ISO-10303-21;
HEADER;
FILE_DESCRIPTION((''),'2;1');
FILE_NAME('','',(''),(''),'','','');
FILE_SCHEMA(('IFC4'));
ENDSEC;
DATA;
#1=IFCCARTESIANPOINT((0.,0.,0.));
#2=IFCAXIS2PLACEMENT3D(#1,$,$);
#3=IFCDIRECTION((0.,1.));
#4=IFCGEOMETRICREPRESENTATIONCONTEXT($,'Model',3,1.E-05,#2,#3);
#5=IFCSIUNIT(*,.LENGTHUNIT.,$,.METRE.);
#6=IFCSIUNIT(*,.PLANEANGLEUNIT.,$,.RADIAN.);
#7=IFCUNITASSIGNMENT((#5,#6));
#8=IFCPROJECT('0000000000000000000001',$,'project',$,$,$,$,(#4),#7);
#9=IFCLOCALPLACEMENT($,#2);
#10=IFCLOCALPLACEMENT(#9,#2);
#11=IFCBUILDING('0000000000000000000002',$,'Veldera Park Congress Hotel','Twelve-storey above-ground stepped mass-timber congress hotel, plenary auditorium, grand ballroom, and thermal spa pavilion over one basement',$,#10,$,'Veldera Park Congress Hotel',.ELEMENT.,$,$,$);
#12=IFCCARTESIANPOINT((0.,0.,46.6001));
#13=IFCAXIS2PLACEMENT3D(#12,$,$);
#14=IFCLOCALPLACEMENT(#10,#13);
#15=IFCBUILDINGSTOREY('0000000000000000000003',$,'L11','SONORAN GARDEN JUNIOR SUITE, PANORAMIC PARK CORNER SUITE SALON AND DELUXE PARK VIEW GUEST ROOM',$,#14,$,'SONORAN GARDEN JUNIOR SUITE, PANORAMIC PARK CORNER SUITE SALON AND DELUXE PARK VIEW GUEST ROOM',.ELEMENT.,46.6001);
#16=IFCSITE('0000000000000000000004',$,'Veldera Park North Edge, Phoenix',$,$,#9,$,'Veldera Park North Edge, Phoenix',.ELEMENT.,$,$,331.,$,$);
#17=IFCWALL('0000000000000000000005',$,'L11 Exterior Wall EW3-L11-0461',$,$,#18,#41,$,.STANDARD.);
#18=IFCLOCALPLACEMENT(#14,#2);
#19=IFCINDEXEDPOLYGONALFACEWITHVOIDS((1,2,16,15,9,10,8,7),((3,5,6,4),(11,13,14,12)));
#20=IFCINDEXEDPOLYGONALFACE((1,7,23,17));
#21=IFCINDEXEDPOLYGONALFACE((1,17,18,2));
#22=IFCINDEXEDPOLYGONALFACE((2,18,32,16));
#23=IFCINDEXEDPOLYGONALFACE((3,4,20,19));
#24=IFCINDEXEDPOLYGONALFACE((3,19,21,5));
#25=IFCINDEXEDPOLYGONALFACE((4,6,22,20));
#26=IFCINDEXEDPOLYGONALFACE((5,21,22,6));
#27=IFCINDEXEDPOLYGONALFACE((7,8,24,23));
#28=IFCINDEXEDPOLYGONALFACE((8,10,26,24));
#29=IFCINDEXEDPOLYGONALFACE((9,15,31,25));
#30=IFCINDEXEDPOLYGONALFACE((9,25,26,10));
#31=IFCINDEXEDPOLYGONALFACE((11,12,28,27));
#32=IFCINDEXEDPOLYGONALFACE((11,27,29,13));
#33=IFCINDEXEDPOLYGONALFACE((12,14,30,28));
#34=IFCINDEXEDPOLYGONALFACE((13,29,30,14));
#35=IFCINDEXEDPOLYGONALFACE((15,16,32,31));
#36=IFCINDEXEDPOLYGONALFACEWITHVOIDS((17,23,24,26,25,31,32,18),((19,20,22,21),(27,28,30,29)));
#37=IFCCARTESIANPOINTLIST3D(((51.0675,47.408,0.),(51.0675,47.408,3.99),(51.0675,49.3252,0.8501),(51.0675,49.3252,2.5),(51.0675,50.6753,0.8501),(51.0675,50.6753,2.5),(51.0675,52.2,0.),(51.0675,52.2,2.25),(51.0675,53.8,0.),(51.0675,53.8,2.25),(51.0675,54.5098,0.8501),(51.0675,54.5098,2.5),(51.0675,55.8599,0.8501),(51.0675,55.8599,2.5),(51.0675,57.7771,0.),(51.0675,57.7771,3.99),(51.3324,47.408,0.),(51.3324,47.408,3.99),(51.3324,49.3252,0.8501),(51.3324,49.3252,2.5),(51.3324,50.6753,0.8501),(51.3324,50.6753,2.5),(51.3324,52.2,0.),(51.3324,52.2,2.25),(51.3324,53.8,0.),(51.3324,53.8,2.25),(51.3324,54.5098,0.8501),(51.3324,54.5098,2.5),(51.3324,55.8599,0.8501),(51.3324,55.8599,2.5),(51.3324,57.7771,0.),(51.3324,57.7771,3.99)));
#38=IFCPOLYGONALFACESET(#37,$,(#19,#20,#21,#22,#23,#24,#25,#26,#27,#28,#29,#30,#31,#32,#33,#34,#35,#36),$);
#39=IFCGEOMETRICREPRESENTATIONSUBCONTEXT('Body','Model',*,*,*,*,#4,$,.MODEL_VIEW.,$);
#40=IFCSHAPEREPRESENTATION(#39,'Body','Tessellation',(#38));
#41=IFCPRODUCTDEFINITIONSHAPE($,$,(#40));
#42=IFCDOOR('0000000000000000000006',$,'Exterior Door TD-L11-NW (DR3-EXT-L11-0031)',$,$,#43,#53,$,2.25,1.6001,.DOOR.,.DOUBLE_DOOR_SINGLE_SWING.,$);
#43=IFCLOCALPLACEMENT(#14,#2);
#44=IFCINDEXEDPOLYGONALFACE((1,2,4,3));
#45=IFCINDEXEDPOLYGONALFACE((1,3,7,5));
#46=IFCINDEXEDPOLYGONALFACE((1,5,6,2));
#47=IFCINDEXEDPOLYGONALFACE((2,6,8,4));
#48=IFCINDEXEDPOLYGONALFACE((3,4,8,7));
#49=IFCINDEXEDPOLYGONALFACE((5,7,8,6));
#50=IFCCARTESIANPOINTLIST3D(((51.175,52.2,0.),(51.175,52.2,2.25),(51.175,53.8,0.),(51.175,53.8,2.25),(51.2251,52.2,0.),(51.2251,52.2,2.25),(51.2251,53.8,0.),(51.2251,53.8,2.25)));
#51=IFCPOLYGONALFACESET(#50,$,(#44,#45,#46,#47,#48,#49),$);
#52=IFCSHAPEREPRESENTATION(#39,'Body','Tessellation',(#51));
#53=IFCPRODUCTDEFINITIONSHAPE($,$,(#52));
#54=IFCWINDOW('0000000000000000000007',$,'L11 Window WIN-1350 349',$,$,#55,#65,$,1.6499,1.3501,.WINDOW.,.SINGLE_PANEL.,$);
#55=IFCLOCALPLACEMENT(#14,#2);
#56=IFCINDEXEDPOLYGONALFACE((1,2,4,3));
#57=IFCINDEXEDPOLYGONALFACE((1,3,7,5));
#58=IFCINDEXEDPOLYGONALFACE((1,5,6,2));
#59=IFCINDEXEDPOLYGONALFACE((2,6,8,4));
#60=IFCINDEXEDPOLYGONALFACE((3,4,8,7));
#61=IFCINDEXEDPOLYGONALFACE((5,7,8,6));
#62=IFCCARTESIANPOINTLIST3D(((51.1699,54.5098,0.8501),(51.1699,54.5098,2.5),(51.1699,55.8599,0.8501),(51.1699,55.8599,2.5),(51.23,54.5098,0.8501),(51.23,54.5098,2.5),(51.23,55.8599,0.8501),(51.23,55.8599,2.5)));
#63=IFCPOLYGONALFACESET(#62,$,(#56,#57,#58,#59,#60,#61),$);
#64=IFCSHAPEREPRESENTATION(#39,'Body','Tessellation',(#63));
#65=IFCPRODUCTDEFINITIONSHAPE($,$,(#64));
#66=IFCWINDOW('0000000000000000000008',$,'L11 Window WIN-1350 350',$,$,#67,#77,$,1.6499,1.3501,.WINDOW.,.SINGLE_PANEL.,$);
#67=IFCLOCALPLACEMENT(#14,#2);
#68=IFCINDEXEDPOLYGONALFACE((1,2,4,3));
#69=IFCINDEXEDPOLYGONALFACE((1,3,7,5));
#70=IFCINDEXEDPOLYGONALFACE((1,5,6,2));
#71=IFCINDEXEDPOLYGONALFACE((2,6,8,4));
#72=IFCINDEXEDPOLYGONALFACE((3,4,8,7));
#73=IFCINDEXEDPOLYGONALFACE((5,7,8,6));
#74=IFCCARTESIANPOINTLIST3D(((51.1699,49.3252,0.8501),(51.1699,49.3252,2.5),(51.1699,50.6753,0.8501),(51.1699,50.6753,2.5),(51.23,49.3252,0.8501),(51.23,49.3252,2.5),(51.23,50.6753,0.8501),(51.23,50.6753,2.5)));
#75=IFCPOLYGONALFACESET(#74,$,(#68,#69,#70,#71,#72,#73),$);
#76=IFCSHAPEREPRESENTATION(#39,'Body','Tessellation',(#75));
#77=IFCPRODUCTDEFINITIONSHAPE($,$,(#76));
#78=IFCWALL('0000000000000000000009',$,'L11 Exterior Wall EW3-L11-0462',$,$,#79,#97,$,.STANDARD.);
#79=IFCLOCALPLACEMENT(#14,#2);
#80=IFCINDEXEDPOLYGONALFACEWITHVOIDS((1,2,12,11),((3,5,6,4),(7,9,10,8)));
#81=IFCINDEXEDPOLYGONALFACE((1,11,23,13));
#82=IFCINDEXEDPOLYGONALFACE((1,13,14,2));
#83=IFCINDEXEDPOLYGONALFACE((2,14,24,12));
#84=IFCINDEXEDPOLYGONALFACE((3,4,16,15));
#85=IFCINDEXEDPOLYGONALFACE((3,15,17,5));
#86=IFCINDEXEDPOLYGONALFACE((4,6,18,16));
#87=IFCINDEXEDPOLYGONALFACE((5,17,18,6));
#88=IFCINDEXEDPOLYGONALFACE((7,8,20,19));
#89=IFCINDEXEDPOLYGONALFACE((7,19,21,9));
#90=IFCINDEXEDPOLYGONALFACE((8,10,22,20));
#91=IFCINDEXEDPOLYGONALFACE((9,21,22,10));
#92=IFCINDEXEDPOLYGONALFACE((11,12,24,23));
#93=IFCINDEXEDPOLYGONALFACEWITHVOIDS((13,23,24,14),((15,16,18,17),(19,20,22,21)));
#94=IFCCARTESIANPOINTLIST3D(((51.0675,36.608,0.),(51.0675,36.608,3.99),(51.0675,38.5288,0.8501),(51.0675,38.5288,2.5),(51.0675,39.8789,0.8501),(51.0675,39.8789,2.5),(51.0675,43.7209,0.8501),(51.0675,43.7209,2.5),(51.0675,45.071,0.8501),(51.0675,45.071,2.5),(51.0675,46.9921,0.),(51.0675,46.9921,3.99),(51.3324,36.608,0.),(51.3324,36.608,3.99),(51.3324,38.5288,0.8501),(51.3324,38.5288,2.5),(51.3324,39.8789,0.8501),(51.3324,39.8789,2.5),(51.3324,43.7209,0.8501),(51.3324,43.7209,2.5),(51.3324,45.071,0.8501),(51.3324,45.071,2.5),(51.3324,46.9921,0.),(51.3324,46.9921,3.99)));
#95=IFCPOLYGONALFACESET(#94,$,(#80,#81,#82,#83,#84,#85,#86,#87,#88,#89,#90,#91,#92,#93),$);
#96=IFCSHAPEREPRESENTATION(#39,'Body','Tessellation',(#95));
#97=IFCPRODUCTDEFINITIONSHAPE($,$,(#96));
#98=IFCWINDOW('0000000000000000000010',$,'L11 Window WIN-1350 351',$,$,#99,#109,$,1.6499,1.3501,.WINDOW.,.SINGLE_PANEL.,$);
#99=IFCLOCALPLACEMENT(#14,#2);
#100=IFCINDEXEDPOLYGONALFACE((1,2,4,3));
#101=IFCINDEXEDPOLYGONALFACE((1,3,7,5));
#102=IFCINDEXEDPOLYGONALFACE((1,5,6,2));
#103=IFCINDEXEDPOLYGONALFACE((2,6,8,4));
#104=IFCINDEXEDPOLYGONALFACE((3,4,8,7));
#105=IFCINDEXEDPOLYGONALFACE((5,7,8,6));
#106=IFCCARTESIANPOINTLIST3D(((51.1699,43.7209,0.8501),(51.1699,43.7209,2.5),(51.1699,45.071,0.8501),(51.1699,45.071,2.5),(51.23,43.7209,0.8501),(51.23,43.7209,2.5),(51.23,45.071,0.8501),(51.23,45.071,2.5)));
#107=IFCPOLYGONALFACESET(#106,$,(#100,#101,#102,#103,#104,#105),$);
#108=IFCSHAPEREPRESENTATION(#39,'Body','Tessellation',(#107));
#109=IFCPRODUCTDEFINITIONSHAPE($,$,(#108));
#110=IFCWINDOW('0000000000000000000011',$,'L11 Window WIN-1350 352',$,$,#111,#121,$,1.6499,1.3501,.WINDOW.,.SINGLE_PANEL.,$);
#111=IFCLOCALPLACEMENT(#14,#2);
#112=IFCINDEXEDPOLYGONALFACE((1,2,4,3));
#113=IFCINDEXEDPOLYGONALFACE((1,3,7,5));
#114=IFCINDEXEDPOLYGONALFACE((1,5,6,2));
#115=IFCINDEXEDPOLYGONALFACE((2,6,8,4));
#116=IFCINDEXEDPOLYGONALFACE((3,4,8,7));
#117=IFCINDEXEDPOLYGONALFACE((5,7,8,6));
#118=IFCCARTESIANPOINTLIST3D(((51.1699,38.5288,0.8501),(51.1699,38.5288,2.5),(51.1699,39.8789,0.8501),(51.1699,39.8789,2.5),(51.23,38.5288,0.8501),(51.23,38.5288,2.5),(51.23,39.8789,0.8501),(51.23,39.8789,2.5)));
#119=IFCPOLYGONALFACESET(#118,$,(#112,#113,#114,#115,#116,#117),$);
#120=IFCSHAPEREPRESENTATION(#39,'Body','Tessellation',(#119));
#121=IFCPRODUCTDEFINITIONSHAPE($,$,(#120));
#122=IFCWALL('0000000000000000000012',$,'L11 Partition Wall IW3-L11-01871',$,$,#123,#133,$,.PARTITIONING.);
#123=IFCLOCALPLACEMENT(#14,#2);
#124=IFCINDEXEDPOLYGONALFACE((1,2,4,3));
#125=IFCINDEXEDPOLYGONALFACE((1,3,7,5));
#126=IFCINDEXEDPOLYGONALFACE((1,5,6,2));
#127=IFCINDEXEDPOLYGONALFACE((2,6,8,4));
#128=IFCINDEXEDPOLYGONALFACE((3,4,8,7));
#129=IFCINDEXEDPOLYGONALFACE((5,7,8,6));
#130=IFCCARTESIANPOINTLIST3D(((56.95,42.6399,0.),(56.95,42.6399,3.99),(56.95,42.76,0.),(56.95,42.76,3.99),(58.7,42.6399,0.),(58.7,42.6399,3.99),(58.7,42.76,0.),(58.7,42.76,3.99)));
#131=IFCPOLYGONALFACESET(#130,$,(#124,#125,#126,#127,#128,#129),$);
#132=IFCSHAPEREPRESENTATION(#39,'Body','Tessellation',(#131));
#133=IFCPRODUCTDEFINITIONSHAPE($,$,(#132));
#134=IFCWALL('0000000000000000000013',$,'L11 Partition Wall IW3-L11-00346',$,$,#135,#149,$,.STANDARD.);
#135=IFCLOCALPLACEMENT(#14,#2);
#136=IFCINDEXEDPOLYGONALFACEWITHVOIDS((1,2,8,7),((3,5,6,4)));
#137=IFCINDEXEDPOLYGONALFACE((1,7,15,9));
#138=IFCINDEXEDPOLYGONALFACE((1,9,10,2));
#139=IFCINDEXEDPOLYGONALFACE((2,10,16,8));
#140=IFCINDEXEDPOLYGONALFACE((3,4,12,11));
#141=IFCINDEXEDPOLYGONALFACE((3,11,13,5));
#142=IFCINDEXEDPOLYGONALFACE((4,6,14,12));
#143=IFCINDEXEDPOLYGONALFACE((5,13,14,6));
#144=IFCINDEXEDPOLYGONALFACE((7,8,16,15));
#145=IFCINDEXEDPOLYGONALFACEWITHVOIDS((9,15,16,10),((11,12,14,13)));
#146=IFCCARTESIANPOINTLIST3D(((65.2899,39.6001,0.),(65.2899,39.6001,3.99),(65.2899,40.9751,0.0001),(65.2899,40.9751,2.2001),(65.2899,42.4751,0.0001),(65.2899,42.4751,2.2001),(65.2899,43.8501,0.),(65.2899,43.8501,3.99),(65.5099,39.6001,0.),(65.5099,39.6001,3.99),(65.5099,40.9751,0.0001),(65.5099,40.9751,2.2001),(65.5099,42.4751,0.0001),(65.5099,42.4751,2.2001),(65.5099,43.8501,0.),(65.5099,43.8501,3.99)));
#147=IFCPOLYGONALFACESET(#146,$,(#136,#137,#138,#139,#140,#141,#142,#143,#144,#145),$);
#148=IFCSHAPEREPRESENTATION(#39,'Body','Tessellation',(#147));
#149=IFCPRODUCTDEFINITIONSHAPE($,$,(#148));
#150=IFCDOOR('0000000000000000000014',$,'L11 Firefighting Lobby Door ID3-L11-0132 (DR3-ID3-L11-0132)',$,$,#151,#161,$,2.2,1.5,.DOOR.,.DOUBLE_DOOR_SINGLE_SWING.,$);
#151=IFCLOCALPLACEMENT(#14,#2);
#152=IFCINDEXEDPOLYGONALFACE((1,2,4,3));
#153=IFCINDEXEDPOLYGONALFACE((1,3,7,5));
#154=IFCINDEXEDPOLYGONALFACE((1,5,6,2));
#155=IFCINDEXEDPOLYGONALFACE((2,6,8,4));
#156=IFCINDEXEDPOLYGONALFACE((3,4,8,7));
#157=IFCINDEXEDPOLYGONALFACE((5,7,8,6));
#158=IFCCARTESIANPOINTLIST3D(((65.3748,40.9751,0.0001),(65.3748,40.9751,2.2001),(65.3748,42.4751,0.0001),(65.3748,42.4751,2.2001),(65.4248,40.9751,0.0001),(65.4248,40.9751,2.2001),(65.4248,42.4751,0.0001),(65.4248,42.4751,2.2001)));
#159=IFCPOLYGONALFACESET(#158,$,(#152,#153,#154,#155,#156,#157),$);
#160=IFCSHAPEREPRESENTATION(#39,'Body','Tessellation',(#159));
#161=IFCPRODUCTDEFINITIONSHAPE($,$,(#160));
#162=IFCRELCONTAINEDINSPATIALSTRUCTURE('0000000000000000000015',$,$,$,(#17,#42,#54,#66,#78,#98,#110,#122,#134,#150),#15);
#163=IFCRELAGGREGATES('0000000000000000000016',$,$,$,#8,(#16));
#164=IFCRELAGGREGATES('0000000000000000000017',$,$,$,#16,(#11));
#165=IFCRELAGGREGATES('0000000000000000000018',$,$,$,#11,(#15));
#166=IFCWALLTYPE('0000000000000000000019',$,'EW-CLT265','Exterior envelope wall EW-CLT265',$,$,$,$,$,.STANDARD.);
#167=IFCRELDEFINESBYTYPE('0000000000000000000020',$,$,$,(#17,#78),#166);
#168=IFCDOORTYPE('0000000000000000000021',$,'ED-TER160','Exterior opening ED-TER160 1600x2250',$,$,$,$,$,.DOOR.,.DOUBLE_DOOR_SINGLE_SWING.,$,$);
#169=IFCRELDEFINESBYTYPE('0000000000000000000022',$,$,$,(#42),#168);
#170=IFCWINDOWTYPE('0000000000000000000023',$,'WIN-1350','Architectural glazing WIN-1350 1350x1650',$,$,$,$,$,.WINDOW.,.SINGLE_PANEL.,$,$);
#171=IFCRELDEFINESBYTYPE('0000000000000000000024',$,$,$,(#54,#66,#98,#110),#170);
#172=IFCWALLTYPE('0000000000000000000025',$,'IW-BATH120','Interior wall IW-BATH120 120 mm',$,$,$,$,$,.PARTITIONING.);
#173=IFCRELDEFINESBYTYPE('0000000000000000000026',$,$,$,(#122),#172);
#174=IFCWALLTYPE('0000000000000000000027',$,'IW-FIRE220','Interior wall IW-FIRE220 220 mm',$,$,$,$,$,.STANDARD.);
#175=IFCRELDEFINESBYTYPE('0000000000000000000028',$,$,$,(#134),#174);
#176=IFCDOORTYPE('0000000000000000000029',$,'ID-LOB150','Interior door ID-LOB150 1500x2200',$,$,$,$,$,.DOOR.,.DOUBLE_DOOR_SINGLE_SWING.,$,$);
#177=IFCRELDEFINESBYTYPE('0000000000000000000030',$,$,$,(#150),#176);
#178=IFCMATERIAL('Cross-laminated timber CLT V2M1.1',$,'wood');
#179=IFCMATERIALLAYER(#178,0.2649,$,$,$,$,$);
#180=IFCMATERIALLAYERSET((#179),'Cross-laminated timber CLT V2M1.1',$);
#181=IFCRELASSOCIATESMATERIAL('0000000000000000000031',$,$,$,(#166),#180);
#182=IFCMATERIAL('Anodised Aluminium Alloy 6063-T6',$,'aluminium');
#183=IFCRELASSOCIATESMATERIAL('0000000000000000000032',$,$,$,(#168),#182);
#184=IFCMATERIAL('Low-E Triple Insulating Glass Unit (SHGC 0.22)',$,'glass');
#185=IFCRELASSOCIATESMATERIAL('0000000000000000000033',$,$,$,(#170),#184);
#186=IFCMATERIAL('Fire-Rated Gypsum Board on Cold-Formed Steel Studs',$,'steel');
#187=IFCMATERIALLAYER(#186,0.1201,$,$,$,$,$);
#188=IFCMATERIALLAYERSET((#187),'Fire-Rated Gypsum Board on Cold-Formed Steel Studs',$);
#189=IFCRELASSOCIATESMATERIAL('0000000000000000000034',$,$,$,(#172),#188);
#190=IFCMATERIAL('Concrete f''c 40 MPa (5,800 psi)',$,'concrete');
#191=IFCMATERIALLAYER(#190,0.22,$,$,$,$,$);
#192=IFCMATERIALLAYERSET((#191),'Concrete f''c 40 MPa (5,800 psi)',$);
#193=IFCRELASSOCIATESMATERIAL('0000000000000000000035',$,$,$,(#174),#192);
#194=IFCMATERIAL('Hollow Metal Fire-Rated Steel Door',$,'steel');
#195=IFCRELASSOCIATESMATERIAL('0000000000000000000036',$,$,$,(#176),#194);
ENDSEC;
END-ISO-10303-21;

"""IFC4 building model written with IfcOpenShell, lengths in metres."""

from ifc_helpers import new_model, si_unit, direction, frame, frame_2d, origin, place, context, subcontext, project, spatial, rectangle, extrude, material, layer, layer_set, type_object, element, fill, save


model = new_model("IFC4")

# Units and contexts
model_context = context("Model", 3, precision=1e-05, world=origin(), true_north=direction((0.0, 1.0)))
body_context = subcontext(model_context, "Body", "Model", "MODEL_VIEW")
ifc_project = project(units=[si_unit("LENGTHUNIT", "METRE"), si_unit("PLANEANGLEUNIT", "RADIAN")], contexts=[model_context])

# Site, building, storey
site_placement = place(None, origin())
site = spatial("IfcSite", under=ifc_project, at=site_placement, Name="Veldera Park North Edge, Phoenix", LongName="Veldera Park North Edge, Phoenix", CompositionType="ELEMENT", RefElevation=331.0)
building_placement = place(site_placement, origin())
building = spatial("IfcBuilding", under=site, at=building_placement, Name="Veldera Park Congress Hotel", Description="Twelve-storey above-ground stepped mass-timber congress hotel, plenary auditorium, grand ballroom, and thermal spa pavilion over one basement", LongName="Veldera Park Congress Hotel", CompositionType="ELEMENT")
storey_placement = place(building_placement, frame((0.0, 0.0, 46.6001)))
storey = spatial("IfcBuildingStorey", under=building, at=storey_placement, Name="L11", Description="SONORAN GARDEN JUNIOR SUITE, PANORAMIC PARK CORNER SUITE SALON AND DELUXE PARK VIEW GUEST ROOM", LongName="SONORAN GARDEN JUNIOR SUITE, PANORAMIC PARK CORNER SUITE SALON AND DELUXE PARK VIEW GUEST ROOM", CompositionType="ELEMENT", Elevation=46.6001)

# Shared definitions
ifc_material_1 = material(Name="Cross-laminated timber CLT V2M1.1", Category="wood")
ifc_layer_1 = layer(ifc_material_1, 0.2649)
ifc_layer_set_1 = layer_set([ifc_layer_1], Name="Cross-laminated timber CLT V2M1.1")
wall_type_1 = type_object("IfcWallType", Name="EW-CLT265", Description="Exterior envelope wall EW-CLT265", PredefinedType="STANDARD", material=ifc_layer_set_1)

# Shared definitions
ifc_material_2 = material(Name="Low-E Triple Insulating Glass Unit (SHGC 0.22)", Category="glass")

# Wall, openings, door, windows
wall_1_placement = place(storey_placement, frame((51.2, 57.7771, 0.0), z_axis=(0.0, 0.0, 1.0), x_axis=(0.0, -1.0, 0.0)))
wall_1 = element("IfcWall", 1, at=wall_1_placement, inside=storey, type_object=wall_type_1, Name="L11 Exterior Wall EW3-L11-0461", PredefinedType="STANDARD", context=body_context, shape_type="SweptSolid", body=[
    extrude(rectangle(XDim=10.3691, YDim=0.2649, at=frame_2d((5.1846, 0.0))), origin(), (0.0, 0.0, 1.0), 3.99),
])
opening_1_placement = place(wall_1_placement, frame((3.9771, 0.0, 0.0)))
opening_1 = element("IfcOpeningElement", 2, at=opening_1_placement, cuts=wall_1, PredefinedType="OPENING", context=body_context, shape_type="SweptSolid", body=[
    extrude(rectangle(XDim=1.6001, YDim=2.25, at=frame_2d((0.8, 1.125))), frame((0.0, 0.1445, 0.0), z_axis=(0.0, -1.0, 0.0), x_axis=(1.0, 0.0, 0.0)), (0.0, 0.0, 1.0), 0.2888),
])
opening_2_placement = place(wall_1_placement, frame((1.9172, 0.0, 0.8501)))
opening_2 = element("IfcOpeningElement", 3, at=opening_2_placement, cuts=wall_1, PredefinedType="OPENING", context=body_context, shape_type="SweptSolid", body=[
    extrude(rectangle(XDim=1.3501, YDim=1.6499, at=frame_2d((0.675, 0.825))), frame((0.0, 0.1445, 0.0), z_axis=(0.0, -1.0, 0.0), x_axis=(1.0, 0.0, 0.0)), (0.0, 0.0, 1.0), 0.2888),
])
opening_3_placement = place(wall_1_placement, frame((7.1018, 0.0, 0.8501)))
opening_3 = element("IfcOpeningElement", 4, at=opening_3_placement, cuts=wall_1, PredefinedType="OPENING", context=body_context, shape_type="SweptSolid", body=[
    extrude(rectangle(XDim=1.3501, YDim=1.6499, at=frame_2d((0.675, 0.825))), frame((0.0, 0.1445, 0.0), z_axis=(0.0, -1.0, 0.0), x_axis=(1.0, 0.0, 0.0)), (0.0, 0.0, 1.0), 0.2888),
])
ifc_material_3 = material(Name="Anodised Aluminium Alloy 6063-T6", Category="aluminium")
door_type_1 = type_object("IfcDoorType", Name="ED-TER160", Description="Exterior opening ED-TER160 1600x2250", OperationType="DOUBLE_DOOR_SINGLE_SWING", PredefinedType="DOOR", material=ifc_material_3)
door_1_placement = place(opening_1_placement, frame((1.6001, 0.0, 0.0), z_axis=(0.0, 0.0, 1.0), x_axis=(-1.0, 0.0, 0.0)))
door_1 = element("IfcDoor", 5, at=door_1_placement, inside=storey, type_object=door_type_1, Name="Exterior Door TD-L11-NW (DR3-EXT-L11-0031)", OperationType="DOUBLE_DOOR_SINGLE_SWING", OverallHeight=2.25, OverallWidth=1.6001, PredefinedType="DOOR", context=body_context, shape_type="SweptSolid", body=[
    extrude(rectangle(XDim=1.6001, YDim=2.25, at=frame_2d((0.8, 1.125))), frame((0.0, 0.0249, 0.0), z_axis=(0.0, -1.0, 0.0), x_axis=(1.0, 0.0, 0.0)), (0.0, 0.0, 1.0), 0.05),
])
fill(opening_1, door_1)
window_type_1 = type_object("IfcWindowType", Name="WIN-1350", Description="Architectural glazing WIN-1350 1350x1650", PartitioningType="SINGLE_PANEL", PredefinedType="WINDOW", material=ifc_material_2)
window_1_placement = place(opening_2_placement, origin())
window_1 = element("IfcWindow", 6, at=window_1_placement, inside=storey, type_object=window_type_1, Name="L11 Window WIN-1350 349", OverallHeight=1.6499, OverallWidth=1.3501, PartitioningType="SINGLE_PANEL", PredefinedType="WINDOW", context=body_context, shape_type="SweptSolid", body=[
    extrude(rectangle(XDim=1.3501, YDim=1.6499, at=frame_2d((0.675, 0.825))), frame((0.0, 0.03, 0.0), z_axis=(0.0, -1.0, 0.0), x_axis=(1.0, 0.0, 0.0)), (0.0, 0.0, 1.0), 0.0601),
])
fill(opening_2, window_1)
window_2_placement = place(opening_3_placement, origin())
window_2 = element("IfcWindow", 7, at=window_2_placement, inside=storey, type_object=window_type_1, Name="L11 Window WIN-1350 350", OverallHeight=1.6499, OverallWidth=1.3501, PartitioningType="SINGLE_PANEL", PredefinedType="WINDOW", context=body_context, shape_type="SweptSolid", body=[
    extrude(rectangle(XDim=1.3501, YDim=1.6499, at=frame_2d((0.675, 0.825))), frame((0.0, 0.03, 0.0), z_axis=(0.0, -1.0, 0.0), x_axis=(1.0, 0.0, 0.0)), (0.0, 0.0, 1.0), 0.0601),
])
fill(opening_3, window_2)

# Wall, openings, windows
wall_2_placement = place(storey_placement, frame((51.2, 46.9919, 0.0), z_axis=(0.0, 0.0, 1.0), x_axis=(0.0, -1.0, 0.0)))
wall_2 = element("IfcWall", 8, at=wall_2_placement, inside=storey, type_object=wall_type_1, Name="L11 Exterior Wall EW3-L11-0462", PredefinedType="STANDARD", context=body_context, shape_type="SweptSolid", body=[
    extrude(rectangle(XDim=10.384, YDim=0.2649, at=frame_2d((5.1919, 0.0))), origin(), (0.0, 0.0, 1.0), 3.99),
])
opening_4_placement = place(wall_2_placement, frame((1.9209, 0.0, 0.8501)))
opening_4 = element("IfcOpeningElement", 9, at=opening_4_placement, cuts=wall_2, PredefinedType="OPENING", context=body_context, shape_type="SweptSolid", body=[
    extrude(rectangle(XDim=1.3501, YDim=1.6499, at=frame_2d((0.675, 0.825))), frame((0.0, 0.1445, 0.0), z_axis=(0.0, -1.0, 0.0), x_axis=(1.0, 0.0, 0.0)), (0.0, 0.0, 1.0), 0.2888),
])
opening_5_placement = place(wall_2_placement, frame((7.113, 0.0, 0.8501)))
opening_5 = element("IfcOpeningElement", 10, at=opening_5_placement, cuts=wall_2, PredefinedType="OPENING", context=body_context, shape_type="SweptSolid", body=[
    extrude(rectangle(XDim=1.3501, YDim=1.6499, at=frame_2d((0.675, 0.825))), frame((0.0, 0.1445, 0.0), z_axis=(0.0, -1.0, 0.0), x_axis=(1.0, 0.0, 0.0)), (0.0, 0.0, 1.0), 0.2888),
])
window_3_placement = place(opening_4_placement, origin())
window_3 = element("IfcWindow", 11, at=window_3_placement, inside=storey, type_object=window_type_1, Name="L11 Window WIN-1350 351", OverallHeight=1.6499, OverallWidth=1.3501, PartitioningType="SINGLE_PANEL", PredefinedType="WINDOW", context=body_context, shape_type="SweptSolid", body=[
    extrude(rectangle(XDim=1.3501, YDim=1.6499, at=frame_2d((0.675, 0.825))), frame((0.0, 0.03, 0.0), z_axis=(0.0, -1.0, 0.0), x_axis=(1.0, 0.0, 0.0)), (0.0, 0.0, 1.0), 0.0601),
])
fill(opening_4, window_3)
window_4_placement = place(opening_5_placement, origin())
window_4 = element("IfcWindow", 12, at=window_4_placement, inside=storey, type_object=window_type_1, Name="L11 Window WIN-1350 352", OverallHeight=1.6499, OverallWidth=1.3501, PartitioningType="SINGLE_PANEL", PredefinedType="WINDOW", context=body_context, shape_type="SweptSolid", body=[
    extrude(rectangle(XDim=1.3501, YDim=1.6499, at=frame_2d((0.675, 0.825))), frame((0.0, 0.03, 0.0), z_axis=(0.0, -1.0, 0.0), x_axis=(1.0, 0.0, 0.0)), (0.0, 0.0, 1.0), 0.0601),
])
fill(opening_5, window_4)

# Wall
ifc_material_4 = material(Name="Fire-Rated Gypsum Board on Cold-Formed Steel Studs", Category="steel")
ifc_layer_2 = layer(ifc_material_4, 0.1201)
ifc_layer_set_2 = layer_set([ifc_layer_2], Name="Fire-Rated Gypsum Board on Cold-Formed Steel Studs")
wall_type_2 = type_object("IfcWallType", Name="IW-BATH120", Description="Interior wall IW-BATH120 120 mm", PredefinedType="PARTITIONING", material=ifc_layer_set_2)
wall_3_placement = place(storey_placement, frame((56.95, 42.7, 0.0), z_axis=(0.0, 0.0, 1.0), x_axis=(1.0, 0.0, 0.0)))
element("IfcWall", 13, at=wall_3_placement, inside=storey, type_object=wall_type_2, Name="L11 Partition Wall IW3-L11-01871", PredefinedType="PARTITIONING", context=body_context, shape_type="SweptSolid", body=[
    extrude(rectangle(XDim=1.75, YDim=0.1201, at=frame_2d((0.875, 0.0))), origin(), (0.0, 0.0, 1.0), 3.99),
])

# Wall, opening, door
ifc_material_5 = material(Name="Concrete f'c 40 MPa (5,800 psi)", Category="concrete")
ifc_layer_3 = layer(ifc_material_5, 0.22)
ifc_layer_set_3 = layer_set([ifc_layer_3], Name="Concrete f'c 40 MPa (5,800 psi)")
wall_type_3 = type_object("IfcWallType", Name="IW-FIRE220", Description="Interior wall IW-FIRE220 220 mm", PredefinedType="STANDARD", material=ifc_layer_set_3)
wall_4_placement = place(storey_placement, frame((65.3999, 43.8501, 0.0), z_axis=(0.0, 0.0, 1.0), x_axis=(0.0, -1.0, 0.0)))
wall_4 = element("IfcWall", 14, at=wall_4_placement, inside=storey, type_object=wall_type_3, Name="L11 Partition Wall IW3-L11-00346", PredefinedType="STANDARD", context=body_context, shape_type="SweptSolid", body=[
    extrude(rectangle(XDim=4.25, YDim=0.22, at=frame_2d((2.125, 0.0))), origin(), (0.0, 0.0, 1.0), 3.99),
])
opening_6_placement = place(wall_4_placement, frame((1.375, 0.0, 0.0)))
opening_6 = element("IfcOpeningElement", 15, at=opening_6_placement, cuts=wall_4, PredefinedType="OPENING", context=body_context, shape_type="SweptSolid", body=[
    extrude(rectangle(XDim=1.5, YDim=2.2, at=frame_2d((0.75, 1.1001))), frame((0.0, 0.1221, 0.0), z_axis=(0.0, -1.0, 0.0), x_axis=(1.0, 0.0, 0.0)), (0.0, 0.0, 1.0), 0.2439),
])
ifc_material_6 = material(Name="Hollow Metal Fire-Rated Steel Door", Category="steel")
door_type_2 = type_object("IfcDoorType", Name="ID-LOB150", Description="Interior door ID-LOB150 1500x2200", OperationType="DOUBLE_DOOR_SINGLE_SWING", PredefinedType="DOOR", material=ifc_material_6)
door_2_placement = place(opening_6_placement, origin())
door_2 = element("IfcDoor", 16, at=door_2_placement, inside=storey, type_object=door_type_2, Name="L11 Firefighting Lobby Door ID3-L11-0132 (DR3-ID3-L11-0132)", OperationType="DOUBLE_DOOR_SINGLE_SWING", OverallHeight=2.2, OverallWidth=1.5, PredefinedType="DOOR", context=body_context, shape_type="SweptSolid", body=[
    extrude(rectangle(XDim=1.5, YDim=2.2, at=frame_2d((0.75, 1.1001))), frame((0.0, 0.0249, 0.0), z_axis=(0.0, -1.0, 0.0), x_axis=(1.0, 0.0, 0.0)), (0.0, 0.0, 1.0), 0.05),
])
fill(opening_6, door_2)

save(model, "model.ifc")
